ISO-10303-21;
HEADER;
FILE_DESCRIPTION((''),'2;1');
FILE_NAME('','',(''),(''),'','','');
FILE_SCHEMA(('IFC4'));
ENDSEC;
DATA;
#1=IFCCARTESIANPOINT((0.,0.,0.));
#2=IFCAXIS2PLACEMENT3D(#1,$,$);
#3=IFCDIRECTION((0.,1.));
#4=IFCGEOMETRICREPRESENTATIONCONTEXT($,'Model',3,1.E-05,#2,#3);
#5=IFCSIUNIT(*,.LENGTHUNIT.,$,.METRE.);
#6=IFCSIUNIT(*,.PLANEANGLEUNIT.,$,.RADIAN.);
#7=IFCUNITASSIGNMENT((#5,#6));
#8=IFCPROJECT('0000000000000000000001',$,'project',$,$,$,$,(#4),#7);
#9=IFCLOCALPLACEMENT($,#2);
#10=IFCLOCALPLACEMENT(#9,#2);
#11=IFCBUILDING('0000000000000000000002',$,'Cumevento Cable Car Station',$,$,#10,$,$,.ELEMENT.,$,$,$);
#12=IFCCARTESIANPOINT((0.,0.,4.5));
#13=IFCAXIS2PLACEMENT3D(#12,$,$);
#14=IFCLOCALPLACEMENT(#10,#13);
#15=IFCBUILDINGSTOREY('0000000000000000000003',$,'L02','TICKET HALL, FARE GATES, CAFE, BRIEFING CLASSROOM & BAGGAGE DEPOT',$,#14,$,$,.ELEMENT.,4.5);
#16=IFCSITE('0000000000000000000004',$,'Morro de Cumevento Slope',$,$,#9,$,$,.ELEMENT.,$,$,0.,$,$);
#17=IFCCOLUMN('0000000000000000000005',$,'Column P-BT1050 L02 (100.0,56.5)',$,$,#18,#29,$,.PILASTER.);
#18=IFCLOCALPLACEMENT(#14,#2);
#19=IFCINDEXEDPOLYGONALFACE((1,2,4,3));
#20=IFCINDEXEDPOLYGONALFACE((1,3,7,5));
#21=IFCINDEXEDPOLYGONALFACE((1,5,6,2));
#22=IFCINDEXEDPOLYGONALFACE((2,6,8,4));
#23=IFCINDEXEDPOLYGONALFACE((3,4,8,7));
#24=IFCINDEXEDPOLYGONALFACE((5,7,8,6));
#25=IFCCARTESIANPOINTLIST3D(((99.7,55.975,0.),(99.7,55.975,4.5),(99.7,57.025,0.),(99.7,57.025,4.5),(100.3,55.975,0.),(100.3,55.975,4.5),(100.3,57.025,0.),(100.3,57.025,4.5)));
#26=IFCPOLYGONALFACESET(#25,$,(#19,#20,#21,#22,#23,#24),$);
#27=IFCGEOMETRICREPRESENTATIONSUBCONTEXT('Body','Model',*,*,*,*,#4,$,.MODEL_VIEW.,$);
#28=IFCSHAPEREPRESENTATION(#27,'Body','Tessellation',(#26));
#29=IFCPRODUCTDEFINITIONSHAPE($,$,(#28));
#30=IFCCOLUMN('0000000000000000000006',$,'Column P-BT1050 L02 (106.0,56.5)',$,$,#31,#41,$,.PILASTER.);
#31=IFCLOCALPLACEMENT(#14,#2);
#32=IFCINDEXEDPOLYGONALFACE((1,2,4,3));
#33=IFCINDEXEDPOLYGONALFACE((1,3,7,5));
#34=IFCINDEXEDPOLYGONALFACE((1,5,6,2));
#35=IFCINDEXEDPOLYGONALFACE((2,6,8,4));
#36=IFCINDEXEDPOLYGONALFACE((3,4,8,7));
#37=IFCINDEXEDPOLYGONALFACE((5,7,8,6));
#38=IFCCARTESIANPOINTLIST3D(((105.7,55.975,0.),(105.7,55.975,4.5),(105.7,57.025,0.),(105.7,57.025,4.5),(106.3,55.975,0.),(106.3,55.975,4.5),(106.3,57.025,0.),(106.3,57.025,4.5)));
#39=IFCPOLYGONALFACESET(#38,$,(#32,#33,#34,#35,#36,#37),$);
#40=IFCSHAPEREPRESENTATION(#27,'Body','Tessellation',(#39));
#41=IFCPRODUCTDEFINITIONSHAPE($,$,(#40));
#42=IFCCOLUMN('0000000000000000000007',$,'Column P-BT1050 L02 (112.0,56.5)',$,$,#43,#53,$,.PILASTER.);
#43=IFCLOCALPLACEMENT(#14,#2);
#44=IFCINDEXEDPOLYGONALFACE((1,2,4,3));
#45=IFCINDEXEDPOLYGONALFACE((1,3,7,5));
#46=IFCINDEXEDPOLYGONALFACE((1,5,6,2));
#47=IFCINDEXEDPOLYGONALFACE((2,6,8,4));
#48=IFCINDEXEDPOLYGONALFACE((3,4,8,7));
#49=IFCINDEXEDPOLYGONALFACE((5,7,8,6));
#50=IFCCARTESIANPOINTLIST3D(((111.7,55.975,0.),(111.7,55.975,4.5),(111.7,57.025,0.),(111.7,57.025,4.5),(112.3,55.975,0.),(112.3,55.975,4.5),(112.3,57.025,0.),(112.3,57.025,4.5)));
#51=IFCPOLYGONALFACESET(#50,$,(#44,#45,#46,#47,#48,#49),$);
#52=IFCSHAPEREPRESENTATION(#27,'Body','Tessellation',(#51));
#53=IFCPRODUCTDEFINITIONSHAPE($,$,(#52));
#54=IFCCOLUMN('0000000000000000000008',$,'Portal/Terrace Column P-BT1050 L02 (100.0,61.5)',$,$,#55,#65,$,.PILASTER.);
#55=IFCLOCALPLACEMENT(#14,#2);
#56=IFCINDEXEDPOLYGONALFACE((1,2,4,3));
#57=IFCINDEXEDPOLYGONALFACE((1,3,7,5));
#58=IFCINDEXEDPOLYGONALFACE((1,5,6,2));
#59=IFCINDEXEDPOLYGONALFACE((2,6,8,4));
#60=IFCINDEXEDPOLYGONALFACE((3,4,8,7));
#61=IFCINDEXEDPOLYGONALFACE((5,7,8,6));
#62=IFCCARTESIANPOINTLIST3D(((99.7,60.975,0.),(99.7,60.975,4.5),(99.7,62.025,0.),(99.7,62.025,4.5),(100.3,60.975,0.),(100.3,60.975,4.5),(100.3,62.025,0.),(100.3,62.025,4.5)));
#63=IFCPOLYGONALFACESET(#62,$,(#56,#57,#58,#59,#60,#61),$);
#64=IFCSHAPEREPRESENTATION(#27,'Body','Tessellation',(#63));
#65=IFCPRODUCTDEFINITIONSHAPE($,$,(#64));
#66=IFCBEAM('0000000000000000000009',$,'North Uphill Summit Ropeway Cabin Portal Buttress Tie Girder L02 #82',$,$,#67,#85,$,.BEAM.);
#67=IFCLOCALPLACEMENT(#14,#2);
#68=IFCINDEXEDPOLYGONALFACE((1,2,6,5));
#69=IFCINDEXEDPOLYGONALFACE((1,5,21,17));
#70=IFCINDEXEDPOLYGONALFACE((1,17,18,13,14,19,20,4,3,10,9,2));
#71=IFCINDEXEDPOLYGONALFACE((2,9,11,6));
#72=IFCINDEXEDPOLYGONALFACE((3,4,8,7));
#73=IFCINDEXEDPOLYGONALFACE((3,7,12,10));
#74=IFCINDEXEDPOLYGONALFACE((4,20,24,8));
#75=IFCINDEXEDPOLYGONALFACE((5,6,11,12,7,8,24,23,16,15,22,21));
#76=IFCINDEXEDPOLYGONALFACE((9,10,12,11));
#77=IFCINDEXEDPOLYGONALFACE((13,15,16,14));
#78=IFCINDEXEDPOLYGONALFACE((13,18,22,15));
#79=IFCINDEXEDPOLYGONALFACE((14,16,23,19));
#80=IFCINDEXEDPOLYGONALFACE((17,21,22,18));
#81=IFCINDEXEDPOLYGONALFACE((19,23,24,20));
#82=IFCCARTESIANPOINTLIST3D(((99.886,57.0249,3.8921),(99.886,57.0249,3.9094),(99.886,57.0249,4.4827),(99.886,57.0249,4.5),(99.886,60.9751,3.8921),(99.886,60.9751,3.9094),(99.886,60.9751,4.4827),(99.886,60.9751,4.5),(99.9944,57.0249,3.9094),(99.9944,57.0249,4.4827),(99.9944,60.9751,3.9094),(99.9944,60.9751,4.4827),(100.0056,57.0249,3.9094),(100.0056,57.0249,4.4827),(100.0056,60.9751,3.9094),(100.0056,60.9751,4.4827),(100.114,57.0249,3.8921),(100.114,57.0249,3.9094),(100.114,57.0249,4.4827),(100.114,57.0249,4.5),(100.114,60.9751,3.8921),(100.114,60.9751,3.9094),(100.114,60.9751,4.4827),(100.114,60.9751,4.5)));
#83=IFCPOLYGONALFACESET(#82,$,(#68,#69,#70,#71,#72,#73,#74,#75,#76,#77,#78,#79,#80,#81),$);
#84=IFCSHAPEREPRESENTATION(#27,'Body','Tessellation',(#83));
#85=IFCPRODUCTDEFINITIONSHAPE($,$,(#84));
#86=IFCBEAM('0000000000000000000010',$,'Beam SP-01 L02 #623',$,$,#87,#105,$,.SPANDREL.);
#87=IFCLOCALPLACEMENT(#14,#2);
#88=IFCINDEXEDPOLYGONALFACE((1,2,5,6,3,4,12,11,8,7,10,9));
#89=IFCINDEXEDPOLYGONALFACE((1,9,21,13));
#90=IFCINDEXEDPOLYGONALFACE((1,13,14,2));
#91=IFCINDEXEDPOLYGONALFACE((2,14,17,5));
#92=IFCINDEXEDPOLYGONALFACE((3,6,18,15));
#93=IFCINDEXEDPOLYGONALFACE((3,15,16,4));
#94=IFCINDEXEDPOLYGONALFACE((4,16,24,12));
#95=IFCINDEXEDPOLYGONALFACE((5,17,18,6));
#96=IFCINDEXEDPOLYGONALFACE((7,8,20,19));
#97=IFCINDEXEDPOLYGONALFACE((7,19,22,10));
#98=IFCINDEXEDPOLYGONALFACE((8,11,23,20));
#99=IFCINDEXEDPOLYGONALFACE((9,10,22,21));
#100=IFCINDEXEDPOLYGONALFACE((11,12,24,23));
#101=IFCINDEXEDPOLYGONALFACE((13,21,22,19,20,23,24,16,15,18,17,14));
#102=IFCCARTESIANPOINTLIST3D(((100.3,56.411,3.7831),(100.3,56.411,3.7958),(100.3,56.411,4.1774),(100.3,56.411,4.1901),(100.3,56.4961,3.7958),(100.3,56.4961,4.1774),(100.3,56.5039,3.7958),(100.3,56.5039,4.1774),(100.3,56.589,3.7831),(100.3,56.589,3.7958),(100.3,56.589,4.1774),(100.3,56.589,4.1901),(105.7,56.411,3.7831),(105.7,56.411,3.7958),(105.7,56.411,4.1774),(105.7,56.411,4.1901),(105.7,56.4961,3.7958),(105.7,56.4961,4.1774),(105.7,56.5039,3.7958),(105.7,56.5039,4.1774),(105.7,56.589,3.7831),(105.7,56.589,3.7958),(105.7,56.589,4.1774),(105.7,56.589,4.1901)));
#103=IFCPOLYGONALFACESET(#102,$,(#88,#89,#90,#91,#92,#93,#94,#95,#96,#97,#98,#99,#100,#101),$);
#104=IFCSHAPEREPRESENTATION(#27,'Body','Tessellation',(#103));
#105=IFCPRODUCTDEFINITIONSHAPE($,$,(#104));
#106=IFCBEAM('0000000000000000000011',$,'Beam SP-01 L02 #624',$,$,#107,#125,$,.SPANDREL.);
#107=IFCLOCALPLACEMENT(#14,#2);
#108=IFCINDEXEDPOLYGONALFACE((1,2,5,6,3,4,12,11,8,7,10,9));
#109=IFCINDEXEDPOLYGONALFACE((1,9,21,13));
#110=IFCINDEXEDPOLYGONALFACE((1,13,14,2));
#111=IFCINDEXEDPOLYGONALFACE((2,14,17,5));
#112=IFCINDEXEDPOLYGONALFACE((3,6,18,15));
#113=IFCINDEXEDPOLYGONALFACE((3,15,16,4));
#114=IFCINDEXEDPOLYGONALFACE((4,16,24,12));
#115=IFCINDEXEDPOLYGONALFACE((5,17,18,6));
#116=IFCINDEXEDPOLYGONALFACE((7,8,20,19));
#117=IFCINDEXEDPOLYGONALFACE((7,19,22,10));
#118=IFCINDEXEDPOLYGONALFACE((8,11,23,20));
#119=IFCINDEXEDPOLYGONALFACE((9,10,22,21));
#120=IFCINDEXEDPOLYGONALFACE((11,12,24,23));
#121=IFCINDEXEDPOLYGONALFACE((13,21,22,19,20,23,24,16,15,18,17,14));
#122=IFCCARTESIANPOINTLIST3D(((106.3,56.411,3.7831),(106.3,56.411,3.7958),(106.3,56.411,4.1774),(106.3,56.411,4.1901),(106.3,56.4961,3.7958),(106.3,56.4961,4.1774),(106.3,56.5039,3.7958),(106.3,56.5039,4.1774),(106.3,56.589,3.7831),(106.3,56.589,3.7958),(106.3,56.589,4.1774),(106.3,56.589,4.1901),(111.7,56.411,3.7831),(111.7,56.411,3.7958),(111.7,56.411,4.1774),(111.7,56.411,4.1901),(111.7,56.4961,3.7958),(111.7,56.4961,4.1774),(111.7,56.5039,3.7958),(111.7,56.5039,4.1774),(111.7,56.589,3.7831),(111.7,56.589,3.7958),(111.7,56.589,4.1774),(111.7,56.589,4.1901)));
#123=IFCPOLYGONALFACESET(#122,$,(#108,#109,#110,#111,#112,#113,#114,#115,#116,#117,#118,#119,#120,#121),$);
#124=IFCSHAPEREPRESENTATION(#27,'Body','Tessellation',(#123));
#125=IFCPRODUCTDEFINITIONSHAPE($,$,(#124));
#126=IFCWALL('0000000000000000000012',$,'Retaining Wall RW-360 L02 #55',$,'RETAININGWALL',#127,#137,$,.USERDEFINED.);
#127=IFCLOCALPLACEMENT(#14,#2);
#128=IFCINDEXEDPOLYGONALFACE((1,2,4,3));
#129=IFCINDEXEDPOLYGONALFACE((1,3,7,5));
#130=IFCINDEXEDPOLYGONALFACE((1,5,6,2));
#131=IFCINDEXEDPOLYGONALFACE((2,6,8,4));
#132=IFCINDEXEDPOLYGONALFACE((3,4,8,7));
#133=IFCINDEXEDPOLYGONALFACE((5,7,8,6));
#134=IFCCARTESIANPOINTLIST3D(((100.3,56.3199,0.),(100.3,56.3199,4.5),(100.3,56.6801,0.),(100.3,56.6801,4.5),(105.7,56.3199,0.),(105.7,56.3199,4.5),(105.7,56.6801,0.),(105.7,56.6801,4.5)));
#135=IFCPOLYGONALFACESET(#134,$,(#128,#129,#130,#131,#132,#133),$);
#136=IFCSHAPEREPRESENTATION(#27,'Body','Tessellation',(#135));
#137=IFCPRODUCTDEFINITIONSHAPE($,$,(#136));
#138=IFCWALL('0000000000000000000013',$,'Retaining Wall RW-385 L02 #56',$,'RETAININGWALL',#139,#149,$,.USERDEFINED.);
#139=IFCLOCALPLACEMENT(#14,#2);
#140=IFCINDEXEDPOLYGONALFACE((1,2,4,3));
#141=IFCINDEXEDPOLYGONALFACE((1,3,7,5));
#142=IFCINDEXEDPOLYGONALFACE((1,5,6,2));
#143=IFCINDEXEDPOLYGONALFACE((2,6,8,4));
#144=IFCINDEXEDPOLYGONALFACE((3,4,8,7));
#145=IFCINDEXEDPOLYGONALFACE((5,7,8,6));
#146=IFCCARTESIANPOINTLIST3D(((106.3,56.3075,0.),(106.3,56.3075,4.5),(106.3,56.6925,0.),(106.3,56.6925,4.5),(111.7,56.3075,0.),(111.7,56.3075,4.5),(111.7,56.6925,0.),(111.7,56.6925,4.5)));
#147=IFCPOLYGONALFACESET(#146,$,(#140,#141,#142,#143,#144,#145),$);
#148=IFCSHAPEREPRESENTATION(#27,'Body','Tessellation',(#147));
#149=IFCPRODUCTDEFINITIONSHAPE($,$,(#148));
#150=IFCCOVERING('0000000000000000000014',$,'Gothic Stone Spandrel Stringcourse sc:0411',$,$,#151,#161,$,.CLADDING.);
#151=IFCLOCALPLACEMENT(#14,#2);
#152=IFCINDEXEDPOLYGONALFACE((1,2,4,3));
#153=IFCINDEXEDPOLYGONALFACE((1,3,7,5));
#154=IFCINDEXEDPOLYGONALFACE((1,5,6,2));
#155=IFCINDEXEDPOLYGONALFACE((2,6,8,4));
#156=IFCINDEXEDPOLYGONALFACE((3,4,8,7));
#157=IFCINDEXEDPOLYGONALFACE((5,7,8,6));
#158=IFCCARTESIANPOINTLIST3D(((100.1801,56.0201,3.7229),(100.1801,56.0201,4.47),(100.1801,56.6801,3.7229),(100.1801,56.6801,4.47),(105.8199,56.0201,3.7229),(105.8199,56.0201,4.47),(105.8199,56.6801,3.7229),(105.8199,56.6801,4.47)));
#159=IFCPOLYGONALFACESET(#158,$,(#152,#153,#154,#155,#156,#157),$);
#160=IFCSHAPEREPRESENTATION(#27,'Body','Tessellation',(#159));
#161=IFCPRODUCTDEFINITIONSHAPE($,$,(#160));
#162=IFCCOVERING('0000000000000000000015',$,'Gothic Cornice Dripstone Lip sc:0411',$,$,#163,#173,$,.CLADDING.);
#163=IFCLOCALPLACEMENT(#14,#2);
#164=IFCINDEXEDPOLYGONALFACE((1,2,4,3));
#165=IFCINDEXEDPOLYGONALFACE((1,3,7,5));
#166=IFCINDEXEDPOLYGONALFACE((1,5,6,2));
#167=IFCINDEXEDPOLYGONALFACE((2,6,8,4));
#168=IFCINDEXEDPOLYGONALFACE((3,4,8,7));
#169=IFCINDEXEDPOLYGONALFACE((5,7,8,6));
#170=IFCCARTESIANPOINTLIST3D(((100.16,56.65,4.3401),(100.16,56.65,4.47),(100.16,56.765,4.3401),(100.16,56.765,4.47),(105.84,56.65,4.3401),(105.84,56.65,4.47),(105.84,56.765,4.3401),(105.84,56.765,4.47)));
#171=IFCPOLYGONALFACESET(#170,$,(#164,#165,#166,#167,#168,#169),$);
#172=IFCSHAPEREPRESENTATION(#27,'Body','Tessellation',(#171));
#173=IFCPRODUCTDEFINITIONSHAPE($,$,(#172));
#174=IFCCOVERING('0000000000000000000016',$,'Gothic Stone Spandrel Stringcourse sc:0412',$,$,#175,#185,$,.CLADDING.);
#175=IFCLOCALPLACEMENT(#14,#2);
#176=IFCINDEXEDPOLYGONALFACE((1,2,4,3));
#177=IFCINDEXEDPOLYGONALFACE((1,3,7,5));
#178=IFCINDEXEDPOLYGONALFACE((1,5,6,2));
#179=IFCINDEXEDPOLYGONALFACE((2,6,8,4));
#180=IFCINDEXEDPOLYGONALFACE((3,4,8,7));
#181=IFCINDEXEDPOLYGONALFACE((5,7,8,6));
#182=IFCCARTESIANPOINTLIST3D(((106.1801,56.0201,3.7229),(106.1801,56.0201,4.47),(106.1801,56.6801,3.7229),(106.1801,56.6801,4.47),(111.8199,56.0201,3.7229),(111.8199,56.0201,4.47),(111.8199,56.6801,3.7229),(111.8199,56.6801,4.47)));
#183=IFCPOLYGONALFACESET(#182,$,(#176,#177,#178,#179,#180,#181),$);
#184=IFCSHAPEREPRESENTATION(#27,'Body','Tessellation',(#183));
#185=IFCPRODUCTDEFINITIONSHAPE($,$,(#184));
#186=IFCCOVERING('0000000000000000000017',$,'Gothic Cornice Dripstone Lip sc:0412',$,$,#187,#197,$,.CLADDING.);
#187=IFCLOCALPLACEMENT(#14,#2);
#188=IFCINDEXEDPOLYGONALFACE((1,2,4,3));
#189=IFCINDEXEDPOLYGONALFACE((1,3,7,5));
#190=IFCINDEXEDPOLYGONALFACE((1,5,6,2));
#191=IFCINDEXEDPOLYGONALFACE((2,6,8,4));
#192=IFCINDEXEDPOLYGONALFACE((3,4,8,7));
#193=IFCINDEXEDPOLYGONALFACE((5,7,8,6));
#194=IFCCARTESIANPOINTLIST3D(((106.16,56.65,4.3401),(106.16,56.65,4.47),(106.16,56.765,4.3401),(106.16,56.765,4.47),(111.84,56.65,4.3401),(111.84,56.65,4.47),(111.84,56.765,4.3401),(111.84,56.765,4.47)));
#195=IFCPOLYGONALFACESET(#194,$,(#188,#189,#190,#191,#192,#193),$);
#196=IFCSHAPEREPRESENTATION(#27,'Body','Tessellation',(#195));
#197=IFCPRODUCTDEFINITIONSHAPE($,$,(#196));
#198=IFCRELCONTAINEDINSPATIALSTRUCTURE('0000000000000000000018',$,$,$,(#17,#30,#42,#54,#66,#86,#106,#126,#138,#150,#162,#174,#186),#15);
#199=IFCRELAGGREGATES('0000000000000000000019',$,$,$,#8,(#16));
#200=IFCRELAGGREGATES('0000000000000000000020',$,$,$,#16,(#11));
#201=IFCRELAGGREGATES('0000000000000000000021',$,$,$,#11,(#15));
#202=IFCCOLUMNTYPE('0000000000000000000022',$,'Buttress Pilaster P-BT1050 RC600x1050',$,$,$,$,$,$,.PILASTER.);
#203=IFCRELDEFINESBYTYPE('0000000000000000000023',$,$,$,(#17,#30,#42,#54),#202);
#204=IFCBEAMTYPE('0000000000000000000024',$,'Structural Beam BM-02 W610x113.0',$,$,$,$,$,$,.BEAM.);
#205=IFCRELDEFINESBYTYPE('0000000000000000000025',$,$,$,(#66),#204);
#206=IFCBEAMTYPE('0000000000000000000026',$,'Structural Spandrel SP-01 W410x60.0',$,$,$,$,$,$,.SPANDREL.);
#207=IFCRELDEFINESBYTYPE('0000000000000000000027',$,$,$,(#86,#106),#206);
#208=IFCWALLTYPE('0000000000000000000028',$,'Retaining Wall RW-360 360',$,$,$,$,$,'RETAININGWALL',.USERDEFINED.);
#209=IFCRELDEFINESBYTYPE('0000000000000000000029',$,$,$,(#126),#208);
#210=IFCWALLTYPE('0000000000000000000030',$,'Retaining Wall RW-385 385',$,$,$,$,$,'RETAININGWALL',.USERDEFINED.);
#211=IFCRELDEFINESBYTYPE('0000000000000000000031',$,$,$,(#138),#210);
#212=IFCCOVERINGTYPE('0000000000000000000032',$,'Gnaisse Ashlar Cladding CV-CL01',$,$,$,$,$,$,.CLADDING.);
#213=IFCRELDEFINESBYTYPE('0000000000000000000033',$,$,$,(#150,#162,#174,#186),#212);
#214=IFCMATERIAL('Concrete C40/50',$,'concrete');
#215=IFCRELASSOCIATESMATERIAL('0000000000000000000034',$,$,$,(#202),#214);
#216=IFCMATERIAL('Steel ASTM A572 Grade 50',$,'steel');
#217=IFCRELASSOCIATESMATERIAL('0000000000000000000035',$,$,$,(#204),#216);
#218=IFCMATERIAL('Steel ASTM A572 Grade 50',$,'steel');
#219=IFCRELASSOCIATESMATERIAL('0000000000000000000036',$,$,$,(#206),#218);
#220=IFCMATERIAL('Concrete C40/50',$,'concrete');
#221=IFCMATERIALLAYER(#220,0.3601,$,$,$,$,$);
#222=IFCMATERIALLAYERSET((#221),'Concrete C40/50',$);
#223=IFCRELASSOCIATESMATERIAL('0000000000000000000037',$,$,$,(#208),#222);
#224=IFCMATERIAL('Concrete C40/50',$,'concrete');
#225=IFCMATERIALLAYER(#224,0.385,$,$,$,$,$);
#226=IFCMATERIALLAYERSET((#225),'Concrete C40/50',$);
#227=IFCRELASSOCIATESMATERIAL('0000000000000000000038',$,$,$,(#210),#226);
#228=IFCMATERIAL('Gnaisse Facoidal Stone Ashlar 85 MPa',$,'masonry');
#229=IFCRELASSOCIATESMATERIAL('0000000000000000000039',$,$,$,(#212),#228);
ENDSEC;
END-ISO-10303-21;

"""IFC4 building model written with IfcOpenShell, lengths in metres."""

from ifc_helpers import new_model, si_unit, direction, frame, frame_2d, origin, origin_2d, place, context, subcontext, project, spatial, rectangle, i_section, extrude, material, layer, layer_set, material_profile, profile_set, type_object, element, save


model = new_model("IFC4")

# Units and contexts
model_context = context("Model", 3, precision=1e-05, world=origin(), true_north=direction((0.0, 1.0)))
body_context = subcontext(model_context, "Body", "Model", "MODEL_VIEW")
ifc_project = project(units=[si_unit("LENGTHUNIT", "METRE"), si_unit("PLANEANGLEUNIT", "RADIAN")], contexts=[model_context])

# Site, building, storey
site_placement = place(None, origin())
site = spatial("IfcSite", under=ifc_project, at=site_placement, Name="Morro de Cumevento Slope", CompositionType="ELEMENT", RefElevation=0.0)
building_placement = place(site_placement, origin())
building = spatial("IfcBuilding", under=site, at=building_placement, Name="Cumevento Cable Car Station", CompositionType="ELEMENT")
storey_placement = place(building_placement, frame((0.0, 0.0, 4.5)))
storey = spatial("IfcBuildingStorey", under=building, at=storey_placement, Name="L02", Description="TICKET HALL, FARE GATES, CAFE, BRIEFING CLASSROOM & BAGGAGE DEPOT", CompositionType="ELEMENT", Elevation=4.5)

# Columns
ifc_material_1 = material(Name="Concrete C40/50", Category="concrete")
ifc_material_profile_1 = material_profile(ifc_material_1, rectangle(XDim=0.6001, YDim=1.05, at=origin_2d()), Name="RC600x1050")
ifc_profile_set_1 = profile_set([ifc_material_profile_1], Name="Concrete C40/50")
column_type = type_object("IfcColumnType", Name="Buttress Pilaster P-BT1050 RC600x1050", PredefinedType="PILASTER", material=ifc_profile_set_1)
for number, where, z_axis, x_axis, name in (
    (1, (100.0, 56.5, 0.0), (0.0, 0.0, 1.0), (1.0, 0.0, 0.0), "Column P-BT1050 L02 (100.0,56.5)"),
    (2, (106.0, 56.5, 0.0), (0.0, 0.0, 1.0), (1.0, 0.0, 0.0), "Column P-BT1050 L02 (106.0,56.5)"),
    (3, (112.0, 56.5, 0.0), (0.0, 0.0, 1.0), (1.0, 0.0, 0.0), "Column P-BT1050 L02 (112.0,56.5)"),
    (4, (100.0, 61.5, 0.0), (0.0, 0.0, 1.0), (1.0, 0.0, 0.0), "Portal/Terrace Column P-BT1050 L02 (100.0,61.5)"),
):
    element("IfcColumn", number, at=place(storey_placement, frame(where, z_axis=z_axis, x_axis=x_axis)), inside=storey, type_object=column_type, Name=name, PredefinedType="PILASTER", context=body_context, shape_type="SweptSolid", body=[
        extrude(rectangle(XDim=0.6001, YDim=1.05, at=origin_2d()), origin(), (0.0, 0.0, 1.0), 4.5),
    ])

# Beams
ifc_material_2 = material(Name="Steel ASTM A572 Grade 50", Category="steel")
ifc_material_profile_2 = material_profile(ifc_material_2, i_section(OverallWidth=0.228, OverallDepth=0.6079, WebThickness=0.0112, FlangeThickness=0.0173, at=origin_2d()), Name="W610x113.0")
ifc_profile_set_2 = profile_set([ifc_material_profile_2], Name="Steel ASTM A572 Grade 50")
beam_type_1 = type_object("IfcBeamType", Name="Structural Beam BM-02 W610x113.0", PredefinedType="BEAM", material=ifc_profile_set_2)
beam_placement = place(storey_placement, frame((100.0, 57.0249, 4.196), z_axis=(0.0, 1.0, 0.0), x_axis=(-1.0, 0.0, 0.0)))
element("IfcBeam", 5, at=beam_placement, inside=storey, type_object=beam_type_1, Name="North Uphill Summit Ropeway Cabin Portal Buttress Tie Girder L02 #82", PredefinedType="BEAM", context=body_context, shape_type="SweptSolid", body=[
    extrude(i_section(OverallWidth=0.228, OverallDepth=0.6079, WebThickness=0.0112, FlangeThickness=0.0173, at=origin_2d()), origin(), (0.0, 0.0, 1.0), 3.9502),
])
ifc_material_3 = material(Name="Steel ASTM A572 Grade 50", Category="steel")
ifc_material_profile_3 = material_profile(ifc_material_3, i_section(OverallWidth=0.178, OverallDepth=0.407, WebThickness=0.0078, FlangeThickness=0.0127, at=origin_2d()), Name="W410x60.0")
ifc_profile_set_3 = profile_set([ifc_material_profile_3], Name="Steel ASTM A572 Grade 50")
beam_type_2 = type_object("IfcBeamType", Name="Structural Spandrel SP-01 W410x60.0", PredefinedType="SPANDREL", material=ifc_profile_set_3)
for number, where, z_axis, x_axis, name in (
    (6, (100.3, 56.5, 3.9866), (1.0, 0.0, 0.0), (0.0, 1.0, 0.0), "Beam SP-01 L02 #623"),
    (7, (106.3, 56.5, 3.9866), (1.0, 0.0, 0.0), (0.0, 1.0, 0.0), "Beam SP-01 L02 #624"),
):
    element("IfcBeam", number, at=place(storey_placement, frame(where, z_axis=z_axis, x_axis=x_axis)), inside=storey, type_object=beam_type_2, Name=name, PredefinedType="SPANDREL", context=body_context, shape_type="SweptSolid", body=[
        extrude(i_section(OverallWidth=0.178, OverallDepth=0.407, WebThickness=0.0078, FlangeThickness=0.0127, at=origin_2d()), origin(), (0.0, 0.0, 1.0), 5.3999),
    ])

# Walls
ifc_material_4 = material(Name="Concrete C40/50", Category="concrete")
ifc_layer_1 = layer(ifc_material_4, 0.3601)
ifc_layer_set_1 = layer_set([ifc_layer_1], Name="Concrete C40/50")
wall_type_1 = type_object("IfcWallType", Name="Retaining Wall RW-360 360", ElementType="RETAININGWALL", PredefinedType="USERDEFINED", material=ifc_layer_set_1)
wall_1_placement = place(storey_placement, frame((100.3, 56.5, 0.0), z_axis=(0.0, 0.0, 1.0), x_axis=(1.0, 0.0, 0.0)))
element("IfcWall", 8, at=wall_1_placement, inside=storey, type_object=wall_type_1, Name="Retaining Wall RW-360 L02 #55", ObjectType="RETAININGWALL", PredefinedType="USERDEFINED", context=body_context, shape_type="SweptSolid", body=[
    extrude(rectangle(XDim=5.3999, YDim=0.3601, at=frame_2d((2.7, 0.0))), origin(), (0.0, 0.0, 1.0), 4.5),
])
ifc_material_5 = material(Name="Concrete C40/50", Category="concrete")
ifc_layer_2 = layer(ifc_material_5, 0.385)
ifc_layer_set_2 = layer_set([ifc_layer_2], Name="Concrete C40/50")
wall_type_2 = type_object("IfcWallType", Name="Retaining Wall RW-385 385", ElementType="RETAININGWALL", PredefinedType="USERDEFINED", material=ifc_layer_set_2)
wall_2_placement = place(storey_placement, frame((106.3, 56.5, 0.0), z_axis=(0.0, 0.0, 1.0), x_axis=(1.0, 0.0, 0.0)))
element("IfcWall", 9, at=wall_2_placement, inside=storey, type_object=wall_type_2, Name="Retaining Wall RW-385 L02 #56", ObjectType="RETAININGWALL", PredefinedType="USERDEFINED", context=body_context, shape_type="SweptSolid", body=[
    extrude(rectangle(XDim=5.3999, YDim=0.385, at=frame_2d((2.7, 0.0))), origin(), (0.0, 0.0, 1.0), 4.5),
])

# Coverings
ifc_material_6 = material(Name="Gnaisse Facoidal Stone Ashlar 85 MPa", Category="masonry")
covering_type = type_object("IfcCoveringType", Name="Gnaisse Ashlar Cladding CV-CL01", PredefinedType="CLADDING", material=ifc_material_6)
covering_1_placement = place(storey_placement, frame((103.0, 56.3501, 3.7229), z_axis=(0.0, 0.0, 1.0), x_axis=(1.0, 0.0, 0.0)))
element("IfcCovering", 10, at=covering_1_placement, inside=storey, type_object=covering_type, Name="Gothic Stone Spandrel Stringcourse sc:0411", PredefinedType="CLADDING", context=body_context, shape_type="SweptSolid", body=[
    extrude(rectangle(XDim=5.6399, YDim=0.6599, at=origin_2d()), origin(), (0.0, 0.0, 1.0), 0.7471),
])
covering_2_placement = place(storey_placement, frame((103.0, 56.7075, 4.3401), z_axis=(0.0, 0.0, 1.0), x_axis=(1.0, 0.0, 0.0)))
element("IfcCovering", 11, at=covering_2_placement, inside=storey, type_object=covering_type, Name="Gothic Cornice Dripstone Lip sc:0411", PredefinedType="CLADDING", context=body_context, shape_type="SweptSolid", body=[
    extrude(rectangle(XDim=5.6799, YDim=0.115, at=origin_2d()), origin(), (0.0, 0.0, 1.0), 0.1299),
])
covering_3_placement = place(storey_placement, frame((109.0, 56.3501, 3.7229), z_axis=(0.0, 0.0, 1.0), x_axis=(1.0, 0.0, 0.0)))
element("IfcCovering", 12, at=covering_3_placement, inside=storey, type_object=covering_type, Name="Gothic Stone Spandrel Stringcourse sc:0412", PredefinedType="CLADDING", context=body_context, shape_type="SweptSolid", body=[
    extrude(rectangle(XDim=5.6399, YDim=0.6599, at=origin_2d()), origin(), (0.0, 0.0, 1.0), 0.7471),
])
covering_4_placement = place(storey_placement, frame((109.0, 56.7075, 4.3401), z_axis=(0.0, 0.0, 1.0), x_axis=(1.0, 0.0, 0.0)))
element("IfcCovering", 13, at=covering_4_placement, inside=storey, type_object=covering_type, Name="Gothic Cornice Dripstone Lip sc:0412", PredefinedType="CLADDING", context=body_context, shape_type="SweptSolid", body=[
    extrude(rectangle(XDim=5.6799, YDim=0.115, at=origin_2d()), origin(), (0.0, 0.0, 1.0), 0.1299),
])

save(model, "model.ifc")
